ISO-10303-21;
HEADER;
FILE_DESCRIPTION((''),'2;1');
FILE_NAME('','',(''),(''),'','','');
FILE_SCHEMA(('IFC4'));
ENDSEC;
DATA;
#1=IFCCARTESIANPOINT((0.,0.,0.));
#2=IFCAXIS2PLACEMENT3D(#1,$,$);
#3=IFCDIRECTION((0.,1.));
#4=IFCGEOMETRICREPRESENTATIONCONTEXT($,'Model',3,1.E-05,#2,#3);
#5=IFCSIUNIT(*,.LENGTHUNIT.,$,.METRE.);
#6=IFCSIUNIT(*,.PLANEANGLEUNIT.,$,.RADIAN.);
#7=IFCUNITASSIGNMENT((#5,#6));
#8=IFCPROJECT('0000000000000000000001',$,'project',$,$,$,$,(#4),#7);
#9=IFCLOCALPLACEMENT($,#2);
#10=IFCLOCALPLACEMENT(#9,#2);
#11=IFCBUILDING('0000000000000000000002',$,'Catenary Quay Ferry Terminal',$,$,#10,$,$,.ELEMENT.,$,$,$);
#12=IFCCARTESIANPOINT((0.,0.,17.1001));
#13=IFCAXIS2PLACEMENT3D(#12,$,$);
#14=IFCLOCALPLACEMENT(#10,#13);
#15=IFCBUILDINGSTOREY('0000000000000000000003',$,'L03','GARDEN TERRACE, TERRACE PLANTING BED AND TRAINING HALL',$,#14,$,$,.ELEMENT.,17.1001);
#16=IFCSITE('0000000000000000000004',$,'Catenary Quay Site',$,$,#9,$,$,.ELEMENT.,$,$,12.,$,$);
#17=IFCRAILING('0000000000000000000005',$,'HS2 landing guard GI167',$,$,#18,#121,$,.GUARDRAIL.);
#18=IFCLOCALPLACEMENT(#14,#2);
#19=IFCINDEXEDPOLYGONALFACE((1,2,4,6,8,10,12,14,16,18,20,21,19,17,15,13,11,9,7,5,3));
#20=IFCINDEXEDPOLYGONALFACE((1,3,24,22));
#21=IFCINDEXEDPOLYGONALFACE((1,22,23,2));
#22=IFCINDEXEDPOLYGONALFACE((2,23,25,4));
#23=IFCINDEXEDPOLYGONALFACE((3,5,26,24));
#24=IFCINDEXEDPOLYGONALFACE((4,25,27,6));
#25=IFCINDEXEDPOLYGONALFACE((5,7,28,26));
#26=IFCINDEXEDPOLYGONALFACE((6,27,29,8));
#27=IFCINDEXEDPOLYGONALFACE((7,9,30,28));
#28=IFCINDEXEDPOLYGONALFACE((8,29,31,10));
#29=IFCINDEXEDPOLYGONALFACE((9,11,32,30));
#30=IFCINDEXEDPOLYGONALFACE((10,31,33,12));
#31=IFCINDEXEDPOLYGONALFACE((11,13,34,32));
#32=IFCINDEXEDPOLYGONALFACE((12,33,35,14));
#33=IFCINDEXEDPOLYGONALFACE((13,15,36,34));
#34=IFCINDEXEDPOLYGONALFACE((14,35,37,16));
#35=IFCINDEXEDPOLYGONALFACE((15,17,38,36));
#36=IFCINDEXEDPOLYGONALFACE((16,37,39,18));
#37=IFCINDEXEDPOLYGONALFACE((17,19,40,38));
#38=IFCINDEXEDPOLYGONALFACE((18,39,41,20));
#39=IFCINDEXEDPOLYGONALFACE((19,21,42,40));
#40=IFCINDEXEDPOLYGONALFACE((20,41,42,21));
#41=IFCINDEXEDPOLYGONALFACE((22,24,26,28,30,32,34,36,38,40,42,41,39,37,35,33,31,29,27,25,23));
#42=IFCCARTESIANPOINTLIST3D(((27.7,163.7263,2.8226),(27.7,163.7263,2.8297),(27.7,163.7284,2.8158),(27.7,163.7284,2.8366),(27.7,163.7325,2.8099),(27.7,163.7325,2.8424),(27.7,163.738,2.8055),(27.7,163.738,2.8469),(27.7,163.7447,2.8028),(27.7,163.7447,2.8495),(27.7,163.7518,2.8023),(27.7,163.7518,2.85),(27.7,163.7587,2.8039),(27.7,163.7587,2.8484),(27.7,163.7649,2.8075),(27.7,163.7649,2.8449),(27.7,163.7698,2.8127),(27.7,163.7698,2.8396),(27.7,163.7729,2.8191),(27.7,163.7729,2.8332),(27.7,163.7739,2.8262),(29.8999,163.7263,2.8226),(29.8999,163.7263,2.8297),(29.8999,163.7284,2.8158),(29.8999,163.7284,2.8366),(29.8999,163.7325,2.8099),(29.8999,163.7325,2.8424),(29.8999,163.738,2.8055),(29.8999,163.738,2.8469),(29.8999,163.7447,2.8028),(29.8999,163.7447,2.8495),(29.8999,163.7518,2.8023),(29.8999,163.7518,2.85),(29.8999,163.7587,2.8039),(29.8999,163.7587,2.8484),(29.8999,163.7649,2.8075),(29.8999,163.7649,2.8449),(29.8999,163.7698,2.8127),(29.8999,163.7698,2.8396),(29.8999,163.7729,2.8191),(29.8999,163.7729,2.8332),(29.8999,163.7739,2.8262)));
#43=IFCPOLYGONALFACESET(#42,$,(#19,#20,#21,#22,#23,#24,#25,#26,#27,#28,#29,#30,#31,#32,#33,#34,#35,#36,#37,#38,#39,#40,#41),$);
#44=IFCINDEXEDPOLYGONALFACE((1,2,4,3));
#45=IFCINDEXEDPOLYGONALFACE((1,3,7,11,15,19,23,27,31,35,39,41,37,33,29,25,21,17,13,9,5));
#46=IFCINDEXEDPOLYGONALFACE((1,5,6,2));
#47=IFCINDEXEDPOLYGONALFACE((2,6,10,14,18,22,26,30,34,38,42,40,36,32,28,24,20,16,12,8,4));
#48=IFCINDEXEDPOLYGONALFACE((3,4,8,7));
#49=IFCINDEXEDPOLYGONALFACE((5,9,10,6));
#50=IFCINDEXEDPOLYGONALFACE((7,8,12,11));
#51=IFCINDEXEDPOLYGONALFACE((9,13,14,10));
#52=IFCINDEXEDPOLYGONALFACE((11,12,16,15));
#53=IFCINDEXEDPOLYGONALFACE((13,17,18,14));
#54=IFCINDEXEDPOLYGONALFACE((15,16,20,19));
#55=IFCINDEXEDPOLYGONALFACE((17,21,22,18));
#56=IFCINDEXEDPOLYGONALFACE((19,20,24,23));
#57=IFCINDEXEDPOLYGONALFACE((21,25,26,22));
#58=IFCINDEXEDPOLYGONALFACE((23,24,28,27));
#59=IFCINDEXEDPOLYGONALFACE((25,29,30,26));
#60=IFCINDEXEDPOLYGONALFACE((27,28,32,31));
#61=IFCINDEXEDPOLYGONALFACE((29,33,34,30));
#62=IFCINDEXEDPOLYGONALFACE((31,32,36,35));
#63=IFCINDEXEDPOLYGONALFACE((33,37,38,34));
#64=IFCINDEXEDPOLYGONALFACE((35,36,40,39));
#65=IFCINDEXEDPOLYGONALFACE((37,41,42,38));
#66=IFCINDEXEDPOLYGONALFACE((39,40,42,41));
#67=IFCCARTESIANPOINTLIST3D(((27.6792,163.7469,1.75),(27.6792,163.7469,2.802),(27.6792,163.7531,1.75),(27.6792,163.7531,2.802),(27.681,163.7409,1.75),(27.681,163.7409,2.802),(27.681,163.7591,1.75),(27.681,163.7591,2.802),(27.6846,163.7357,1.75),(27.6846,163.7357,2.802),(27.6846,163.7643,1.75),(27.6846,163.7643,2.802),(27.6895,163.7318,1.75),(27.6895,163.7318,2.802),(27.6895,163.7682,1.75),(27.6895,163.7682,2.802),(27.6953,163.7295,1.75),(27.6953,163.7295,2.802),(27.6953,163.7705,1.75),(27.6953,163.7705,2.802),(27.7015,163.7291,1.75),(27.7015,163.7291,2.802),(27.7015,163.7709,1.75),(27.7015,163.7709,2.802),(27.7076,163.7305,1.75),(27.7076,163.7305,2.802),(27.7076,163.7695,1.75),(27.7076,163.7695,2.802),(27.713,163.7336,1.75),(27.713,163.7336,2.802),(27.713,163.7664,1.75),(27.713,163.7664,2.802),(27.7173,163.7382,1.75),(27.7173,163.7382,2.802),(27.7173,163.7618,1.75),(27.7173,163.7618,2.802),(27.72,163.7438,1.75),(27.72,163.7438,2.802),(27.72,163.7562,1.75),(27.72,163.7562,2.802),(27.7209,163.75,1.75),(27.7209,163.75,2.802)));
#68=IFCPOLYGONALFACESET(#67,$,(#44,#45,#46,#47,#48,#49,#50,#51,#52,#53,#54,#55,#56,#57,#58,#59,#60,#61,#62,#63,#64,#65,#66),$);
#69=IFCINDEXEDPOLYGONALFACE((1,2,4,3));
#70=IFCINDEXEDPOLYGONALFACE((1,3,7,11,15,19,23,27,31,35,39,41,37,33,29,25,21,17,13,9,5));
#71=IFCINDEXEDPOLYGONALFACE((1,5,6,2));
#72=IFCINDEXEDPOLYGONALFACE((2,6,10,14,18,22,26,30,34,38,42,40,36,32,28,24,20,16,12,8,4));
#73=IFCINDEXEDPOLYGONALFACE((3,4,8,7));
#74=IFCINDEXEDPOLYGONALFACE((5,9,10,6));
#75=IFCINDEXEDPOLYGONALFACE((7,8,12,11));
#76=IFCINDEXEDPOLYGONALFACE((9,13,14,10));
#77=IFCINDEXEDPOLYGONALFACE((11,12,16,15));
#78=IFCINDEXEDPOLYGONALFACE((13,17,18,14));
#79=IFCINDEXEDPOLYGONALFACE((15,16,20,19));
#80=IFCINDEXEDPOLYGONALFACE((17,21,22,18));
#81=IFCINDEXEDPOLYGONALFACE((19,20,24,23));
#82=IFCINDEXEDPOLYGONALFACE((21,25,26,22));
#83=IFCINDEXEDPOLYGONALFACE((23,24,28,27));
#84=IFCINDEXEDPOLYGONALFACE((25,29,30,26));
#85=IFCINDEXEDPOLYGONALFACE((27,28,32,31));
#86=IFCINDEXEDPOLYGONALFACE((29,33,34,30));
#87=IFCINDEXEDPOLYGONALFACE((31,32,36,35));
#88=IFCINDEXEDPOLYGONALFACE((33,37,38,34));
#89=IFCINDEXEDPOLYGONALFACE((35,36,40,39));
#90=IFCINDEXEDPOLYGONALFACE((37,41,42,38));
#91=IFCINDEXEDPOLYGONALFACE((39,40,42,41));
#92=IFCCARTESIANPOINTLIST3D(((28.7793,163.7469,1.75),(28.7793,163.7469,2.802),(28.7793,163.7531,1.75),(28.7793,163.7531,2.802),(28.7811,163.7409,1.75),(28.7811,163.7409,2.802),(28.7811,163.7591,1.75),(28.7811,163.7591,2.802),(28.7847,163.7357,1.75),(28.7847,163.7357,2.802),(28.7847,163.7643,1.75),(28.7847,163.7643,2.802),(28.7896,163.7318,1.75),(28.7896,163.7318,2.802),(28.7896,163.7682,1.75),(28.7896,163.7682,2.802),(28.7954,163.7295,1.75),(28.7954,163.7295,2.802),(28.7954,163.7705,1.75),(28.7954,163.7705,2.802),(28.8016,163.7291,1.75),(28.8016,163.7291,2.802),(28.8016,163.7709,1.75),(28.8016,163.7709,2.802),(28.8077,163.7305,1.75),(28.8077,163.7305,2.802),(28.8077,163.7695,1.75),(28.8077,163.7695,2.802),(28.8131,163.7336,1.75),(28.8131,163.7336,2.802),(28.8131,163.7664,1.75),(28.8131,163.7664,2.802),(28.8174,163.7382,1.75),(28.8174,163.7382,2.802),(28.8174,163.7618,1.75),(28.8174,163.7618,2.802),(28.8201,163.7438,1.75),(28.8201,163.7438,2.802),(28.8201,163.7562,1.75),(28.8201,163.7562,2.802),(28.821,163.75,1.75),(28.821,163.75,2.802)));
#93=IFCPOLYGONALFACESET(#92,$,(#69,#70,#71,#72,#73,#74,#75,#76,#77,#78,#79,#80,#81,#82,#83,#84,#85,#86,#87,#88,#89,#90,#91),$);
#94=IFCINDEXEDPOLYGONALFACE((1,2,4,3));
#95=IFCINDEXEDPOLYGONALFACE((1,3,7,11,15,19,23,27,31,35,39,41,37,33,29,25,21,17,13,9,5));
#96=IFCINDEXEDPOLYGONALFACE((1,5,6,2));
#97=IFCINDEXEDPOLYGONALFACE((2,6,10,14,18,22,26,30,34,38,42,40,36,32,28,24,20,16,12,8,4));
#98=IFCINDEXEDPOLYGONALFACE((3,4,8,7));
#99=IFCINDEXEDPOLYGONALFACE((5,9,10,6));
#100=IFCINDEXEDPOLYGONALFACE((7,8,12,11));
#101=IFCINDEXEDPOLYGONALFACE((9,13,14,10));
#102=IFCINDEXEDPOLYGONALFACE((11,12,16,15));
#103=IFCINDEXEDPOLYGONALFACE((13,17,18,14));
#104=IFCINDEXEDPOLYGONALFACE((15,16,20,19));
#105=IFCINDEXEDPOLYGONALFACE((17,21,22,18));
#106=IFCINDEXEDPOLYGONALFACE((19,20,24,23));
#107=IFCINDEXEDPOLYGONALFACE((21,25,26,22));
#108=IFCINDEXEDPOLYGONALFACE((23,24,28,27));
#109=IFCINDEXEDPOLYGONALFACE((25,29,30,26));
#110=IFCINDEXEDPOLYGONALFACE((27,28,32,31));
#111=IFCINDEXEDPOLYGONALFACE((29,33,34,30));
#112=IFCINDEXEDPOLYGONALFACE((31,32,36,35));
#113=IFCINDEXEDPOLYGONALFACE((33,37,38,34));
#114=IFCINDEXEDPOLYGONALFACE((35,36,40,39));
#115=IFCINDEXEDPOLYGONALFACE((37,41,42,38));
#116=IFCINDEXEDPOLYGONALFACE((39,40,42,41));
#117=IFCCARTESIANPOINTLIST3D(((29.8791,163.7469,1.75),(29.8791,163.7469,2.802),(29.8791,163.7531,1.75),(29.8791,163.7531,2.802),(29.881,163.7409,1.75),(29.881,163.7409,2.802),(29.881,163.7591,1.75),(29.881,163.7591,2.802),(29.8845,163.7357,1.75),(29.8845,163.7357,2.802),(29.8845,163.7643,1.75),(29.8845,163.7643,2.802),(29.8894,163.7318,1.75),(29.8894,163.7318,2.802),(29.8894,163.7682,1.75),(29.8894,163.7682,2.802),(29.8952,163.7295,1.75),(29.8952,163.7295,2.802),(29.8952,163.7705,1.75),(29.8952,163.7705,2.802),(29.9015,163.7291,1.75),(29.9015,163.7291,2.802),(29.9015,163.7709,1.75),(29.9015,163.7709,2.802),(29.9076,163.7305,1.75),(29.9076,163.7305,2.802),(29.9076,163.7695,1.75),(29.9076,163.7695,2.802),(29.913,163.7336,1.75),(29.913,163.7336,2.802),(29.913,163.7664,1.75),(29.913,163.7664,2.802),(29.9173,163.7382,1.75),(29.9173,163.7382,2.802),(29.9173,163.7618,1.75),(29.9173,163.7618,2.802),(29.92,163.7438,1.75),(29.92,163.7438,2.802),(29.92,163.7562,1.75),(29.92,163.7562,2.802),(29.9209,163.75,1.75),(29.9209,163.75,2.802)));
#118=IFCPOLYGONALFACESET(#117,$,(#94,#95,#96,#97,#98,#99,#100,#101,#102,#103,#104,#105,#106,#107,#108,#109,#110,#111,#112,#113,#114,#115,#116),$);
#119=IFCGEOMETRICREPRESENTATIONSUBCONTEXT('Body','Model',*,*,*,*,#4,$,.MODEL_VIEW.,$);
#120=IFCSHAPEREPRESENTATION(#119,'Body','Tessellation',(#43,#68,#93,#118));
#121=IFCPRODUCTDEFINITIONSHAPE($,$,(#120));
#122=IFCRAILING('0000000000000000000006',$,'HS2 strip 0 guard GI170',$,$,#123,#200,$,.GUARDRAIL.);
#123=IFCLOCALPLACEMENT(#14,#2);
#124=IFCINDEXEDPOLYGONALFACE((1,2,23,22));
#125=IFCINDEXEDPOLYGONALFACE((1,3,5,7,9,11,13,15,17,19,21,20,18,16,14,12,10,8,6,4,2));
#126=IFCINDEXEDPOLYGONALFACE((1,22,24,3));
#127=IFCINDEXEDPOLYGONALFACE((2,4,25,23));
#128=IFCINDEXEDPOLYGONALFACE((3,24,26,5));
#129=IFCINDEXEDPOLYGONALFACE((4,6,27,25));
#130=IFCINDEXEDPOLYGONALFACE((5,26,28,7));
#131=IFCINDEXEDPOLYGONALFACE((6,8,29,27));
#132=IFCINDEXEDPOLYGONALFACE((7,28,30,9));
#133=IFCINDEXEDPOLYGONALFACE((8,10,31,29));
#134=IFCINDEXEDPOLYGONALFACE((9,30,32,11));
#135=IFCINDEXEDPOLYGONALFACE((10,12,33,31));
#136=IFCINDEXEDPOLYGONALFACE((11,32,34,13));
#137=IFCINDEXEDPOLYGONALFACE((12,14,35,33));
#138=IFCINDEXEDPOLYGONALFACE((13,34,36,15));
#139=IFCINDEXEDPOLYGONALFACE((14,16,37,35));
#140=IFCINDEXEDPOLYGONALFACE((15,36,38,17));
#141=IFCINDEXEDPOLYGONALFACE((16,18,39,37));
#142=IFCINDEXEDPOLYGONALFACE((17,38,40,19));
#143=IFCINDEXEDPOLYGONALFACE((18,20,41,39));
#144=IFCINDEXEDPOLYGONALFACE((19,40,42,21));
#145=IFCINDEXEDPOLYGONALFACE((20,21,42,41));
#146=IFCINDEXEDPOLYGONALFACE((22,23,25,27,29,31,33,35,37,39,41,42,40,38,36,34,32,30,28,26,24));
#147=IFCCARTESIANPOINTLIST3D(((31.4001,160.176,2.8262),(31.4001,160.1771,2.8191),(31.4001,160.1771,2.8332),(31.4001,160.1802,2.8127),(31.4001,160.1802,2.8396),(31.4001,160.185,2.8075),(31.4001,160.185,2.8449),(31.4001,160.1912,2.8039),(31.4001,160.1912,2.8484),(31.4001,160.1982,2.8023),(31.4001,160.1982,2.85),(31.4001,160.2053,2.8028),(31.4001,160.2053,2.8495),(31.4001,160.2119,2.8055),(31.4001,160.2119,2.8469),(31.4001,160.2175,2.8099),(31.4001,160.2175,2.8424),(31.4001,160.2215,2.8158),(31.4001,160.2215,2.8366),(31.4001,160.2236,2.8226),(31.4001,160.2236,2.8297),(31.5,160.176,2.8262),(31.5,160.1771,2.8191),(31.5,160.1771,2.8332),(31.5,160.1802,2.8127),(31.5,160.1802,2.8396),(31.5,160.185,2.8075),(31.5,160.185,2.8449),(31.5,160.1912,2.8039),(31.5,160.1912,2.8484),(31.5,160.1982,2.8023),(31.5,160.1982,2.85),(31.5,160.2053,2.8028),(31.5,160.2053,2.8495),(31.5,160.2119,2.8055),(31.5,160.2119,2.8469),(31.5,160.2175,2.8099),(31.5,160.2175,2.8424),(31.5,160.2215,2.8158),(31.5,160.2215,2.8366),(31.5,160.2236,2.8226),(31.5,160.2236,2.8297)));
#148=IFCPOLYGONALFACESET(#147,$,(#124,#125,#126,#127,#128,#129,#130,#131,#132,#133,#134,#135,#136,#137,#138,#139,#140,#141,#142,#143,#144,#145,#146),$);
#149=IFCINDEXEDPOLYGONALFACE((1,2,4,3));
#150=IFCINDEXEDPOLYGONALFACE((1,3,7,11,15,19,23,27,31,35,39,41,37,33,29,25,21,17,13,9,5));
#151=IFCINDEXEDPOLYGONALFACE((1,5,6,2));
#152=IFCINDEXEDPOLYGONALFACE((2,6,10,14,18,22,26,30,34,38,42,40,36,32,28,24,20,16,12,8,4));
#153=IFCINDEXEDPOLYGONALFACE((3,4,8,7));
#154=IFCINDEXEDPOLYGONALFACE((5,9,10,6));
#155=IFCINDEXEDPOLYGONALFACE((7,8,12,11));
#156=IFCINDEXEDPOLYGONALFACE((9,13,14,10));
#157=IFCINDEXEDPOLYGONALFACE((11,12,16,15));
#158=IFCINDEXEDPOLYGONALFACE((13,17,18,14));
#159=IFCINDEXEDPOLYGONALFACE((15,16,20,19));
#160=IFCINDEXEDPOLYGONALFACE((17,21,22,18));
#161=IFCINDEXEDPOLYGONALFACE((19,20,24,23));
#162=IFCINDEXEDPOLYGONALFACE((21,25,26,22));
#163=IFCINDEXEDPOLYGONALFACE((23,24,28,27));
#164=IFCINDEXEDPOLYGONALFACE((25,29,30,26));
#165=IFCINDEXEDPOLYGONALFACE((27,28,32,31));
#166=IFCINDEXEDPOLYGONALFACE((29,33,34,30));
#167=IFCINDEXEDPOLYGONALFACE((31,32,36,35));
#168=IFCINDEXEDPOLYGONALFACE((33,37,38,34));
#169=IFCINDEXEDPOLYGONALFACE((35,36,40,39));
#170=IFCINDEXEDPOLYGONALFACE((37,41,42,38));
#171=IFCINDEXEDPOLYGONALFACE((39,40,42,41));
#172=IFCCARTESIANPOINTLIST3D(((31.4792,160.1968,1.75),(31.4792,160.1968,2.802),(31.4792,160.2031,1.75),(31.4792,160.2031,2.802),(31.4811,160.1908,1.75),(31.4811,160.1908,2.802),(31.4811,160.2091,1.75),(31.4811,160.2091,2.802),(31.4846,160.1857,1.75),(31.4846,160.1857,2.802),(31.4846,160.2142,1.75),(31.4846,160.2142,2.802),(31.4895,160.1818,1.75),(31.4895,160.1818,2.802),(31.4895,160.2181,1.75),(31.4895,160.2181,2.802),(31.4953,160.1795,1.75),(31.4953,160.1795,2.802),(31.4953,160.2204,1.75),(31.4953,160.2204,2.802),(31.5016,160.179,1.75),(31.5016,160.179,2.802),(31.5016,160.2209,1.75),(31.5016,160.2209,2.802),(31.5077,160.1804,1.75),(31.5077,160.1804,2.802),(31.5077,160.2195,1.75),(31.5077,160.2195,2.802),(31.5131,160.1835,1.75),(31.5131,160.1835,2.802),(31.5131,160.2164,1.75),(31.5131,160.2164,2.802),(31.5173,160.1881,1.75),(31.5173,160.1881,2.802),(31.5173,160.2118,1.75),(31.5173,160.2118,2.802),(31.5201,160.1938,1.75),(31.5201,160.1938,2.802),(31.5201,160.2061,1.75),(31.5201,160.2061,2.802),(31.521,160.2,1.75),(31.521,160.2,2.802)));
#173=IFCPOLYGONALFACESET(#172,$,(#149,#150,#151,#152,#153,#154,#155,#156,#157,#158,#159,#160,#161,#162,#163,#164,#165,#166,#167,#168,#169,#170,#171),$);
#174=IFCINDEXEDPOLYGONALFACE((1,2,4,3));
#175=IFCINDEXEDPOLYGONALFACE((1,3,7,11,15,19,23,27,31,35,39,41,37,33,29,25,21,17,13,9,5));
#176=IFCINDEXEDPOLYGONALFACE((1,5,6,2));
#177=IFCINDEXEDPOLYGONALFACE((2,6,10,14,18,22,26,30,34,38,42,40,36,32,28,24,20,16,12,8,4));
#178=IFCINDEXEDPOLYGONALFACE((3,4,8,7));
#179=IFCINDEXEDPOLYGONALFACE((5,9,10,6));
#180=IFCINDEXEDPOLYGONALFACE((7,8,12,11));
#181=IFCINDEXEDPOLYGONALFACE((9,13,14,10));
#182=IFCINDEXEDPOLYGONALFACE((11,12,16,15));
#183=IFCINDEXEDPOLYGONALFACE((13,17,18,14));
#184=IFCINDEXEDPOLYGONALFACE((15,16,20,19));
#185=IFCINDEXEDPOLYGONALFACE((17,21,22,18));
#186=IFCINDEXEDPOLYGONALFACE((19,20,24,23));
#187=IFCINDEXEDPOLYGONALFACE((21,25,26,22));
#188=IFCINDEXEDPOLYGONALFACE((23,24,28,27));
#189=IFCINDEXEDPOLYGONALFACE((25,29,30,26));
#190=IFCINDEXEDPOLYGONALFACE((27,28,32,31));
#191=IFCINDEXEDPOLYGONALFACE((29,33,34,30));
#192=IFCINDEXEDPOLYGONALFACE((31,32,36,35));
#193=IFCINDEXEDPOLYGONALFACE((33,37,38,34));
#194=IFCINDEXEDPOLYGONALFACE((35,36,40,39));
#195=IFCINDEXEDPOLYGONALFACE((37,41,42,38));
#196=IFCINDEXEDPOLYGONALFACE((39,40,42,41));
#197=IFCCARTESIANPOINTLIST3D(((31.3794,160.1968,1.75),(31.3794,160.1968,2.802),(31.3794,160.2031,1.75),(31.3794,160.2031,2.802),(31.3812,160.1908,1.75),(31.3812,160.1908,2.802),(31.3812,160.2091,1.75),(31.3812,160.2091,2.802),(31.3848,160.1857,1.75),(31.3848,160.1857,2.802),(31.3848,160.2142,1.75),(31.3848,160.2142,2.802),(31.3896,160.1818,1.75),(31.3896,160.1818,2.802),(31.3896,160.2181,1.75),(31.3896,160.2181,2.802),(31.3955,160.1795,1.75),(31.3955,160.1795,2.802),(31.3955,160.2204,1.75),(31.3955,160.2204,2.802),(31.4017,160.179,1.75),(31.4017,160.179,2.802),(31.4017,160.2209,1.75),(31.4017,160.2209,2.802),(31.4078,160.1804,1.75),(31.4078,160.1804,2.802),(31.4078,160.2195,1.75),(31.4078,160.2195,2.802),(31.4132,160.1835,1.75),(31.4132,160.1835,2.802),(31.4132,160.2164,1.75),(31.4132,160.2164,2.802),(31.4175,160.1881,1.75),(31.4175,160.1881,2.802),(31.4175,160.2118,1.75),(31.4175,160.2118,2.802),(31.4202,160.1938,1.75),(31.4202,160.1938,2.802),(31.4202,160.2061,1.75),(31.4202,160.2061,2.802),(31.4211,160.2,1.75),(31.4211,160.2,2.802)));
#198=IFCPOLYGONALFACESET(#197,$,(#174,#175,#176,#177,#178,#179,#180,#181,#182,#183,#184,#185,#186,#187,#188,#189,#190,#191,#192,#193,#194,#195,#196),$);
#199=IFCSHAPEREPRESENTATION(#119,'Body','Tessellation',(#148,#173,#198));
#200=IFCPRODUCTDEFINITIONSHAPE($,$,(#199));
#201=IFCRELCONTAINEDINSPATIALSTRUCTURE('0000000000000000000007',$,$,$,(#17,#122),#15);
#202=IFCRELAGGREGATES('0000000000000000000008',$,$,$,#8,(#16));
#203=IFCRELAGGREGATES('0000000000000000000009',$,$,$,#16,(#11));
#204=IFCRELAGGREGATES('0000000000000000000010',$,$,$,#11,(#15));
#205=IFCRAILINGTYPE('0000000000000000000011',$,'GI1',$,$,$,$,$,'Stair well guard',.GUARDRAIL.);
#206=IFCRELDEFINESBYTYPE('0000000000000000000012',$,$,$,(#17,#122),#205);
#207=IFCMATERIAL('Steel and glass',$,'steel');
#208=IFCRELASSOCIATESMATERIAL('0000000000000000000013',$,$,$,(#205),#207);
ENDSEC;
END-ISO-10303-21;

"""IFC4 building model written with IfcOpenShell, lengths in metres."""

from ifc_helpers import new_model, si_unit, direction, frame, origin, origin_2d, place, context, subcontext, project, spatial, circle, extrude, material, type_object, element, save


model = new_model("IFC4")

# Units and contexts
model_context = context("Model", 3, precision=1e-05, world=origin(), true_north=direction((0.0, 1.0)))
body_context = subcontext(model_context, "Body", "Model", "MODEL_VIEW")
ifc_project = project(units=[si_unit("LENGTHUNIT", "METRE"), si_unit("PLANEANGLEUNIT", "RADIAN")], contexts=[model_context])

# Site, building, storey
site_placement = place(None, origin())
site = spatial("IfcSite", under=ifc_project, at=site_placement, Name="Catenary Quay Site", CompositionType="ELEMENT", RefElevation=12.0)
building_placement = place(site_placement, origin())
building = spatial("IfcBuilding", under=site, at=building_placement, Name="Catenary Quay Ferry Terminal", CompositionType="ELEMENT")
storey_placement = place(building_placement, frame((0.0, 0.0, 17.1001)))
storey = spatial("IfcBuildingStorey", under=building, at=storey_placement, Name="L03", Description="GARDEN TERRACE, TERRACE PLANTING BED AND TRAINING HALL", CompositionType="ELEMENT", Elevation=17.1001)

# Railings
ifc_material_1 = material(Name="Steel and glass", Category="steel")
railing_type_1 = type_object("IfcRailingType", Name="GI1", ElementType="Stair well guard", PredefinedType="GUARDRAIL", material=ifc_material_1)
railing_1_placement = place(storey_placement, frame((27.7, 163.75, 1.75)))
element("IfcRailing", 1, at=railing_1_placement, inside=storey, type_object=railing_type_1, Name="HS2 landing guard GI167", PredefinedType="GUARDRAIL", context=body_context, shape_type="SweptSolid", body=[
    extrude(circle(Radius=0.0239, at=origin_2d()), frame((0.0, 0.0, 1.0762), z_axis=(1.0, 0.0, 0.0), x_axis=(0.0, 1.0, 0.0)), (0.0, 0.0, 1.0), 2.2),
    extrude(circle(Radius=0.021, at=origin_2d()), origin(), (0.0, 0.0, 1.0), 1.052),
    extrude(circle(Radius=0.021, at=origin_2d()), frame((1.1001, 0.0, 0.0)), (0.0, 0.0, 1.0), 1.052),
    extrude(circle(Radius=0.021, at=origin_2d()), frame((2.2, 0.0, 0.0)), (0.0, 0.0, 1.0), 1.052),
])
railing_2_placement = place(storey_placement, frame((31.5, 160.2, 1.75)))
element("IfcRailing", 2, at=railing_2_placement, inside=storey, type_object=railing_type_1, Name="HS2 strip 0 guard GI170", PredefinedType="GUARDRAIL", context=body_context, shape_type="SweptSolid", body=[
    extrude(circle(Radius=0.0239, at=origin_2d()), frame((0.0, 0.0, 1.0762), z_axis=(-1.0, 0.0, 0.0), x_axis=(0.0, -1.0, 0.0)), (0.0, 0.0, 1.0), 0.0999),
    extrude(circle(Radius=0.021, at=origin_2d()), origin(), (0.0, 0.0, 1.0), 1.052),
    extrude(circle(Radius=0.021, at=origin_2d()), frame((-0.0999, 0.0, 0.0)), (0.0, 0.0, 1.0), 1.052),
])

save(model, "model.ifc")
